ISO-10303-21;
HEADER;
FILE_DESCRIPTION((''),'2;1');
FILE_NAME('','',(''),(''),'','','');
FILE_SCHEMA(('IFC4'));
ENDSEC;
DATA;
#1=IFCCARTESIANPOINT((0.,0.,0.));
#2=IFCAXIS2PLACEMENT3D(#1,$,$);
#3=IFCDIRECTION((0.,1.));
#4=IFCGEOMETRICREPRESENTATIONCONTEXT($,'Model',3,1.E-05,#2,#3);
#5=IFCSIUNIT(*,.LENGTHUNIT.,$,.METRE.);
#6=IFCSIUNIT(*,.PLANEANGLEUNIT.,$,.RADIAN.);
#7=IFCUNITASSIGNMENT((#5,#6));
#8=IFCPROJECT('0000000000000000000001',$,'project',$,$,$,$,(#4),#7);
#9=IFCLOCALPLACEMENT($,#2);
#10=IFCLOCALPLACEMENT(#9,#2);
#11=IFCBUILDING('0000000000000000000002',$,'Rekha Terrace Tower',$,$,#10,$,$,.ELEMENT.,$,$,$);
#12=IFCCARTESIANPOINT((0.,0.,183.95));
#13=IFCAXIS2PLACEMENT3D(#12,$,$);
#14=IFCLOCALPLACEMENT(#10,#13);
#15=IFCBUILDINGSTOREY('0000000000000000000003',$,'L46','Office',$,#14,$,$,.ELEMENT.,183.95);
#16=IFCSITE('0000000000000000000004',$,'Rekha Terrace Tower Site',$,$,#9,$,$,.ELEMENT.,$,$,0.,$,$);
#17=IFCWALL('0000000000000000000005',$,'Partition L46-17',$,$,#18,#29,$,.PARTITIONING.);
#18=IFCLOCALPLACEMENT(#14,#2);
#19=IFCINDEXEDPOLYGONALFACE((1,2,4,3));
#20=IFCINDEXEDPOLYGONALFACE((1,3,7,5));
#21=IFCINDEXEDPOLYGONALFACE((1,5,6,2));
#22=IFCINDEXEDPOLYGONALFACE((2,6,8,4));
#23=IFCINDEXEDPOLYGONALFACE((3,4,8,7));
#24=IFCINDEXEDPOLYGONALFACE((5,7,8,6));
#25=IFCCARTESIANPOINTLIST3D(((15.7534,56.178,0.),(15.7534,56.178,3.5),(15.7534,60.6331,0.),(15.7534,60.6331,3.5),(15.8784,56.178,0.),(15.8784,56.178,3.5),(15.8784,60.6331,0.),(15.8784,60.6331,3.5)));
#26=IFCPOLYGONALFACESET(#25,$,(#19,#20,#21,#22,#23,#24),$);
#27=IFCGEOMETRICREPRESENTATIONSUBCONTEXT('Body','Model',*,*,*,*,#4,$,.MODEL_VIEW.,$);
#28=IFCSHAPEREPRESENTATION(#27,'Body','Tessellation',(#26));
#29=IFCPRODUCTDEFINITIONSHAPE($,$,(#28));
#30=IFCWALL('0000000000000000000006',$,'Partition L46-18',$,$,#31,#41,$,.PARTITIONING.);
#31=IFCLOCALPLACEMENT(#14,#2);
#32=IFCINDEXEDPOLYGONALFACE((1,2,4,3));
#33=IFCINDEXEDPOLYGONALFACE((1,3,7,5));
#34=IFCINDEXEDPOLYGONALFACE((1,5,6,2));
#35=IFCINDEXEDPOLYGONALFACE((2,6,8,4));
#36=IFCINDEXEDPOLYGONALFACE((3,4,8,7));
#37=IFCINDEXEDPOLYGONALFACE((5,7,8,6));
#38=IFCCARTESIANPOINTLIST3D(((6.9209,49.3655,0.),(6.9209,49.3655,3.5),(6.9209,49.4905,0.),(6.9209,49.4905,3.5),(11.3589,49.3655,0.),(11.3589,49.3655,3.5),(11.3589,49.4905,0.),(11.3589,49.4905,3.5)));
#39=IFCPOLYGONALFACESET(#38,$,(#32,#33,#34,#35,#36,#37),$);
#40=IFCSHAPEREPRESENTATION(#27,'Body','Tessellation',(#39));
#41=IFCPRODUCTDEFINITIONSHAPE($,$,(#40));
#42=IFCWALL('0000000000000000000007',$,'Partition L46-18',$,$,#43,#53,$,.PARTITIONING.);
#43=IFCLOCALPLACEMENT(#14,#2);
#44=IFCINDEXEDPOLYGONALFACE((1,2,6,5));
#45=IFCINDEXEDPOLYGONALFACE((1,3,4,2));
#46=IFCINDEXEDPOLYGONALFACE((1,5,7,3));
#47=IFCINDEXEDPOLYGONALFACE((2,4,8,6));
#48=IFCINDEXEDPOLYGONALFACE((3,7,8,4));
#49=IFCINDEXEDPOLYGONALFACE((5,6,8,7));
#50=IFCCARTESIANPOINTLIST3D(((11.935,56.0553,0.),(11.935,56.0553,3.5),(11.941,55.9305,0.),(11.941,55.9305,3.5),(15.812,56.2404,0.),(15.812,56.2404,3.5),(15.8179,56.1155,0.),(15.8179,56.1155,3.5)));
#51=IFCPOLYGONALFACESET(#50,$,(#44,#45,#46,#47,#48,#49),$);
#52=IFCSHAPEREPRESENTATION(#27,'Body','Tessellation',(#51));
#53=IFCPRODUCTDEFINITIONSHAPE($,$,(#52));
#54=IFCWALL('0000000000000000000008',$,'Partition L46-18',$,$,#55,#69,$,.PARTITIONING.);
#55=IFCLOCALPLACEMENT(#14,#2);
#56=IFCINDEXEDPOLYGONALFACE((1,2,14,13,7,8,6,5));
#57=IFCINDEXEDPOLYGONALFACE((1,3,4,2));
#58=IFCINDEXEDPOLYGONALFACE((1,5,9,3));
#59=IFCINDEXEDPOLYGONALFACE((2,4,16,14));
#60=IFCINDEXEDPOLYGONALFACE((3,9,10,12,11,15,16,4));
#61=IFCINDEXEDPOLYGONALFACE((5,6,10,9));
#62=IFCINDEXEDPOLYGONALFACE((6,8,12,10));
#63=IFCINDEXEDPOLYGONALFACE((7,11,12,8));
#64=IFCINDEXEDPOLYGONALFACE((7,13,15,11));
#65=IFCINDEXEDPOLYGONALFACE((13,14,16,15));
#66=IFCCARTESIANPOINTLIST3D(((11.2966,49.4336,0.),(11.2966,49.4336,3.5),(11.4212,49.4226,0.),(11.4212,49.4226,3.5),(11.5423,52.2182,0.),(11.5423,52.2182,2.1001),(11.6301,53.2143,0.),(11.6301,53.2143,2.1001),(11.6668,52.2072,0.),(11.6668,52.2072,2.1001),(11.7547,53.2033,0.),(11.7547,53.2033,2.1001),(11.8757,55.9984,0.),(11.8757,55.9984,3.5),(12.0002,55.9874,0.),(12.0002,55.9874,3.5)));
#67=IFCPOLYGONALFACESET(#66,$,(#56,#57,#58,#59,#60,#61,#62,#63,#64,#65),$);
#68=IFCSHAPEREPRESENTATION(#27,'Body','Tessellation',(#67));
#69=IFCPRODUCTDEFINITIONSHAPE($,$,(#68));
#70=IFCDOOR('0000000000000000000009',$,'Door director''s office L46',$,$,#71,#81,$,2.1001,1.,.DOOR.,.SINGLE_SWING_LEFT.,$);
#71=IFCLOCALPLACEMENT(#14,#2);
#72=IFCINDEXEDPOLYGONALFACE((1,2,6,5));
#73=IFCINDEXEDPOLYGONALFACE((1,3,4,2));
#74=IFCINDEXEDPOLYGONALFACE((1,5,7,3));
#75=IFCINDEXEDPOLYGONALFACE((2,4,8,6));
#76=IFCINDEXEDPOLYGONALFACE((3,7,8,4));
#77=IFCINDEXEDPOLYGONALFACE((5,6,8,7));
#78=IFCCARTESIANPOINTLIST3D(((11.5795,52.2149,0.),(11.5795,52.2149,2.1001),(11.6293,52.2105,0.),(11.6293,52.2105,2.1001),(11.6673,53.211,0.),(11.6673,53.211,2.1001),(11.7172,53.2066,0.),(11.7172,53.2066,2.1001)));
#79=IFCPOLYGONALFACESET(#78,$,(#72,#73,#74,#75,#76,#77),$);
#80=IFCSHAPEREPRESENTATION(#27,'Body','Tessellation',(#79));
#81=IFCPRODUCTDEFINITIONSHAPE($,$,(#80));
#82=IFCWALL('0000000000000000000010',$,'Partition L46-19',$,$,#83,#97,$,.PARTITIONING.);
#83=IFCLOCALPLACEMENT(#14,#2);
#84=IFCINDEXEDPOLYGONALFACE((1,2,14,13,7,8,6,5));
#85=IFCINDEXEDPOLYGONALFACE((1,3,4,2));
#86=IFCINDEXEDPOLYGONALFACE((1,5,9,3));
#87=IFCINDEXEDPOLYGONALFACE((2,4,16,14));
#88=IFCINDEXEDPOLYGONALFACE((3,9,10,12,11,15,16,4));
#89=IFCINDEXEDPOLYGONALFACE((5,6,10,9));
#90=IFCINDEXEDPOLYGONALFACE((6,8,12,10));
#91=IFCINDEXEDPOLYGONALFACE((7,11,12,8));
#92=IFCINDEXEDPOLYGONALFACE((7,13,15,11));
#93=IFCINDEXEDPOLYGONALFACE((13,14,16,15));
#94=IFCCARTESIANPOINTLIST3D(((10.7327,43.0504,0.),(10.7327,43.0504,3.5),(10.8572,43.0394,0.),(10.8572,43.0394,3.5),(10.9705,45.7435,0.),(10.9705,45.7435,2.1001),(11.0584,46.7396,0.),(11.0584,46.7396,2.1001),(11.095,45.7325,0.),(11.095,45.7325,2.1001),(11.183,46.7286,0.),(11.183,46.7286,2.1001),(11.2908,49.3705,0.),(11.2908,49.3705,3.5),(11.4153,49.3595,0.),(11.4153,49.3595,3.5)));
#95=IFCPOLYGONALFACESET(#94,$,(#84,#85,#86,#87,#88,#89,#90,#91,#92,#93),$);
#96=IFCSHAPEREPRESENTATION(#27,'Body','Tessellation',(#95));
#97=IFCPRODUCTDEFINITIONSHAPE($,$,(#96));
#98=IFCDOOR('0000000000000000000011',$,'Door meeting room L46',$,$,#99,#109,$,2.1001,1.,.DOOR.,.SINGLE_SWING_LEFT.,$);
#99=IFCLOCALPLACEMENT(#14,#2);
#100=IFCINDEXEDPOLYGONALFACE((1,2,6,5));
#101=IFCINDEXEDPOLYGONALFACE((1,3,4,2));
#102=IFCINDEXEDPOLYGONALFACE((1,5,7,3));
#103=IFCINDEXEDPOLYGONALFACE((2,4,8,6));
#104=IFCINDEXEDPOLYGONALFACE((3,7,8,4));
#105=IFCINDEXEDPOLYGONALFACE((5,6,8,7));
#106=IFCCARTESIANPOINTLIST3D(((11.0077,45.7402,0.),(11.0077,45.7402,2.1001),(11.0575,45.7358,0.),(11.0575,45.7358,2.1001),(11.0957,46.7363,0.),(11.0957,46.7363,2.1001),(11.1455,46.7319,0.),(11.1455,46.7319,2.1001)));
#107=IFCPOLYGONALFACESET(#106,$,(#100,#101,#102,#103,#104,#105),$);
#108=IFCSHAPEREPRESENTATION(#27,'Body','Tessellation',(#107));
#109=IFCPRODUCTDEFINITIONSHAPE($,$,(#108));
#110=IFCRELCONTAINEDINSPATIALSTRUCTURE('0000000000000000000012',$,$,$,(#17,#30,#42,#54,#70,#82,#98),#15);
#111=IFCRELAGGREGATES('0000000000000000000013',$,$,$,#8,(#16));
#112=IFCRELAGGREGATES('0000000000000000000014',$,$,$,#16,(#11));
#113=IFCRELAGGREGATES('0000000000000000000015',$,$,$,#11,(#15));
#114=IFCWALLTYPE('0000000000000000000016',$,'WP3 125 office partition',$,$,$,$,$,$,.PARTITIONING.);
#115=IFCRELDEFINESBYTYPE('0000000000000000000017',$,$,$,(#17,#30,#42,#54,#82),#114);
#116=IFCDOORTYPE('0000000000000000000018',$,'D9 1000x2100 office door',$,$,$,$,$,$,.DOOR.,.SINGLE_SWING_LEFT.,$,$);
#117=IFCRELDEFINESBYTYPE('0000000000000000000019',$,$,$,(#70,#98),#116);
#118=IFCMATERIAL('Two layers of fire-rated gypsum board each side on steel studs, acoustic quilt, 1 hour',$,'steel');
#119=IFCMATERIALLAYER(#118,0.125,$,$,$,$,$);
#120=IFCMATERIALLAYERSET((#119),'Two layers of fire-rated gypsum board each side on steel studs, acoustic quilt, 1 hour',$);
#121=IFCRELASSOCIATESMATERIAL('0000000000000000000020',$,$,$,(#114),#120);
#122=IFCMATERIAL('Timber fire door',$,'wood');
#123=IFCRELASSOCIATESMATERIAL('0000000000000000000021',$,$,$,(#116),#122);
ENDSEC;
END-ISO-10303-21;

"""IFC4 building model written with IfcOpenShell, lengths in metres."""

from ifc_helpers import new_model, si_unit, direction, frame, frame_2d, origin, place, context, subcontext, project, spatial, rectangle, extrude, material, layer, layer_set, type_object, element, fill, save


model = new_model("IFC4")

# Units and contexts
model_context = context("Model", 3, precision=1e-05, world=origin(), true_north=direction((0.0, 1.0)))
body_context = subcontext(model_context, "Body", "Model", "MODEL_VIEW")
ifc_project = project(units=[si_unit("LENGTHUNIT", "METRE"), si_unit("PLANEANGLEUNIT", "RADIAN")], contexts=[model_context])

# Site, building, storey
site_placement = place(None, origin())
site = spatial("IfcSite", under=ifc_project, at=site_placement, Name="Rekha Terrace Tower Site", CompositionType="ELEMENT", RefElevation=0.0)
building_placement = place(site_placement, origin())
building = spatial("IfcBuilding", under=site, at=building_placement, Name="Rekha Terrace Tower", CompositionType="ELEMENT")
storey_placement = place(building_placement, frame((0.0, 0.0, 183.95)))
storey = spatial("IfcBuildingStorey", under=building, at=storey_placement, Name="L46", Description="Office", CompositionType="ELEMENT", Elevation=183.95)

# Walls
ifc_material_1 = material(Name="Two layers of fire-rated gypsum board each side on steel studs, acoustic quilt, 1 hour", Category="steel")
ifc_layer_1 = layer(ifc_material_1, 0.125)
ifc_layer_set_1 = layer_set([ifc_layer_1], Name="Two layers of fire-rated gypsum board each side on steel studs, acoustic quilt, 1 hour")
wall_type = type_object("IfcWallType", Name="WP3 125 office partition", PredefinedType="PARTITIONING", material=ifc_layer_set_1)
wall_1_placement = place(storey_placement, frame((15.8159, 56.178, 0.0), z_axis=(0.0, 0.0, 1.0), x_axis=(0.0, 1.0, 0.0)))
element("IfcWall", 1, at=wall_1_placement, inside=storey, type_object=wall_type, Name="Partition L46-17", PredefinedType="PARTITIONING", context=body_context, shape_type="SweptSolid", body=[
    extrude(rectangle(XDim=4.4551, YDim=0.125, at=frame_2d((2.2275, 0.0))), origin(), (0.0, 0.0, 1.0), 3.5),
])
wall_2_placement = place(storey_placement, frame((11.3589, 49.428, 0.0), z_axis=(0.0, 0.0, 1.0), x_axis=(-1.0, 0.0, 0.0)))
element("IfcWall", 2, at=wall_2_placement, inside=storey, type_object=wall_type, Name="Partition L46-18", PredefinedType="PARTITIONING", context=body_context, shape_type="SweptSolid", body=[
    extrude(rectangle(XDim=4.438, YDim=0.125, at=frame_2d((2.219, 0.0))), origin(), (0.0, 0.0, 1.0), 3.5),
])
wall_3_placement = place(storey_placement, frame((15.8149, 56.178, 0.0), z_axis=(0.0, 0.0, 1.0), x_axis=(-0.998863, -0.047679, 0.0)))
element("IfcWall", 3, at=wall_3_placement, inside=storey, type_object=wall_type, Name="Partition L46-18", PredefinedType="PARTITIONING", context=body_context, shape_type="SweptSolid", body=[
    extrude(rectangle(XDim=3.8813, YDim=0.125, at=frame_2d((1.9407, 0.0))), origin(), (0.0, 0.0, 1.0), 3.5),
])

# Walls, openings, doors
wall_4_placement = place(storey_placement, frame((11.938, 55.9929, 0.0), z_axis=(0.0, 0.0, 1.0), x_axis=(-0.08787, -0.996132, 0.0)))
wall_4 = element("IfcWall", 4, at=wall_4_placement, inside=storey, type_object=wall_type, Name="Partition L46-18", PredefinedType="PARTITIONING", context=body_context, shape_type="SweptSolid", body=[
    extrude(rectangle(XDim=6.5903, YDim=0.125, at=frame_2d((3.2952, 0.0))), origin(), (0.0, 0.0, 1.0), 3.5),
])
opening_1_placement = place(wall_4_placement, frame((2.7949, 0.0, 0.0)))
opening_1 = element("IfcOpeningElement", 5, at=opening_1_placement, cuts=wall_4, PredefinedType="OPENING", context=body_context, shape_type="SweptSolid", body=[
    extrude(rectangle(XDim=1.0, YDim=2.1001, at=frame_2d((0.5, 1.05))), frame((0.0, 0.0725, 0.0), z_axis=(0.0, -1.0, 0.0), x_axis=(1.0, 0.0, 0.0)), (0.0, 0.0, 1.0), 0.145),
])
ifc_material_2 = material(Name="Timber fire door", Category="wood")
door_type = type_object("IfcDoorType", Name="D9 1000x2100 office door", OperationType="SINGLE_SWING_LEFT", PredefinedType="DOOR", material=ifc_material_2)
door_1_placement = place(opening_1_placement, origin())
door_1 = element("IfcDoor", 6, at=door_1_placement, inside=storey, type_object=door_type, Name="Door director's office L46", OperationType="SINGLE_SWING_LEFT", OverallHeight=2.1001, OverallWidth=1.0, PredefinedType="DOOR", context=body_context, shape_type="SweptSolid", body=[
    extrude(rectangle(XDim=1.0, YDim=2.1001, at=frame_2d((0.5, 1.05))), frame((0.0, 0.0249, 0.0), z_axis=(0.0, -1.0, 0.0), x_axis=(1.0, 0.0, 0.0)), (0.0, 0.0, 1.0), 0.05),
])
fill(opening_1, door_1)
wall_5_placement = place(storey_placement, frame((11.353, 49.365, 0.0), z_axis=(0.0, 0.0, 1.0), x_axis=(-0.087965, -0.996124, 0.0)))
wall_5 = element("IfcWall", 7, at=wall_5_placement, inside=storey, type_object=wall_type, Name="Partition L46-19", PredefinedType="PARTITIONING", context=body_context, shape_type="SweptSolid", body=[
    extrude(rectangle(XDim=6.3447, YDim=0.125, at=frame_2d((3.1724, 0.0))), origin(), (0.0, 0.0, 1.0), 3.5),
])
opening_2_placement = place(wall_5_placement, frame((2.6411, 0.0, 0.0)))
opening_2 = element("IfcOpeningElement", 8, at=opening_2_placement, cuts=wall_5, PredefinedType="OPENING", context=body_context, shape_type="SweptSolid", body=[
    extrude(rectangle(XDim=1.0, YDim=2.1001, at=frame_2d((0.5, 1.05))), frame((0.0, 0.0725, 0.0), z_axis=(0.0, -1.0, 0.0), x_axis=(1.0, 0.0, 0.0)), (0.0, 0.0, 1.0), 0.145),
])
door_2_placement = place(opening_2_placement, origin())
door_2 = element("IfcDoor", 9, at=door_2_placement, inside=storey, type_object=door_type, Name="Door meeting room L46", OperationType="SINGLE_SWING_LEFT", OverallHeight=2.1001, OverallWidth=1.0, PredefinedType="DOOR", context=body_context, shape_type="SweptSolid", body=[
    extrude(rectangle(XDim=1.0, YDim=2.1001, at=frame_2d((0.5, 1.05))), frame((0.0, 0.0249, 0.0), z_axis=(0.0, -1.0, 0.0), x_axis=(1.0, 0.0, 0.0)), (0.0, 0.0, 1.0), 0.05),
])
fill(opening_2, door_2)

save(model, "model.ifc")
